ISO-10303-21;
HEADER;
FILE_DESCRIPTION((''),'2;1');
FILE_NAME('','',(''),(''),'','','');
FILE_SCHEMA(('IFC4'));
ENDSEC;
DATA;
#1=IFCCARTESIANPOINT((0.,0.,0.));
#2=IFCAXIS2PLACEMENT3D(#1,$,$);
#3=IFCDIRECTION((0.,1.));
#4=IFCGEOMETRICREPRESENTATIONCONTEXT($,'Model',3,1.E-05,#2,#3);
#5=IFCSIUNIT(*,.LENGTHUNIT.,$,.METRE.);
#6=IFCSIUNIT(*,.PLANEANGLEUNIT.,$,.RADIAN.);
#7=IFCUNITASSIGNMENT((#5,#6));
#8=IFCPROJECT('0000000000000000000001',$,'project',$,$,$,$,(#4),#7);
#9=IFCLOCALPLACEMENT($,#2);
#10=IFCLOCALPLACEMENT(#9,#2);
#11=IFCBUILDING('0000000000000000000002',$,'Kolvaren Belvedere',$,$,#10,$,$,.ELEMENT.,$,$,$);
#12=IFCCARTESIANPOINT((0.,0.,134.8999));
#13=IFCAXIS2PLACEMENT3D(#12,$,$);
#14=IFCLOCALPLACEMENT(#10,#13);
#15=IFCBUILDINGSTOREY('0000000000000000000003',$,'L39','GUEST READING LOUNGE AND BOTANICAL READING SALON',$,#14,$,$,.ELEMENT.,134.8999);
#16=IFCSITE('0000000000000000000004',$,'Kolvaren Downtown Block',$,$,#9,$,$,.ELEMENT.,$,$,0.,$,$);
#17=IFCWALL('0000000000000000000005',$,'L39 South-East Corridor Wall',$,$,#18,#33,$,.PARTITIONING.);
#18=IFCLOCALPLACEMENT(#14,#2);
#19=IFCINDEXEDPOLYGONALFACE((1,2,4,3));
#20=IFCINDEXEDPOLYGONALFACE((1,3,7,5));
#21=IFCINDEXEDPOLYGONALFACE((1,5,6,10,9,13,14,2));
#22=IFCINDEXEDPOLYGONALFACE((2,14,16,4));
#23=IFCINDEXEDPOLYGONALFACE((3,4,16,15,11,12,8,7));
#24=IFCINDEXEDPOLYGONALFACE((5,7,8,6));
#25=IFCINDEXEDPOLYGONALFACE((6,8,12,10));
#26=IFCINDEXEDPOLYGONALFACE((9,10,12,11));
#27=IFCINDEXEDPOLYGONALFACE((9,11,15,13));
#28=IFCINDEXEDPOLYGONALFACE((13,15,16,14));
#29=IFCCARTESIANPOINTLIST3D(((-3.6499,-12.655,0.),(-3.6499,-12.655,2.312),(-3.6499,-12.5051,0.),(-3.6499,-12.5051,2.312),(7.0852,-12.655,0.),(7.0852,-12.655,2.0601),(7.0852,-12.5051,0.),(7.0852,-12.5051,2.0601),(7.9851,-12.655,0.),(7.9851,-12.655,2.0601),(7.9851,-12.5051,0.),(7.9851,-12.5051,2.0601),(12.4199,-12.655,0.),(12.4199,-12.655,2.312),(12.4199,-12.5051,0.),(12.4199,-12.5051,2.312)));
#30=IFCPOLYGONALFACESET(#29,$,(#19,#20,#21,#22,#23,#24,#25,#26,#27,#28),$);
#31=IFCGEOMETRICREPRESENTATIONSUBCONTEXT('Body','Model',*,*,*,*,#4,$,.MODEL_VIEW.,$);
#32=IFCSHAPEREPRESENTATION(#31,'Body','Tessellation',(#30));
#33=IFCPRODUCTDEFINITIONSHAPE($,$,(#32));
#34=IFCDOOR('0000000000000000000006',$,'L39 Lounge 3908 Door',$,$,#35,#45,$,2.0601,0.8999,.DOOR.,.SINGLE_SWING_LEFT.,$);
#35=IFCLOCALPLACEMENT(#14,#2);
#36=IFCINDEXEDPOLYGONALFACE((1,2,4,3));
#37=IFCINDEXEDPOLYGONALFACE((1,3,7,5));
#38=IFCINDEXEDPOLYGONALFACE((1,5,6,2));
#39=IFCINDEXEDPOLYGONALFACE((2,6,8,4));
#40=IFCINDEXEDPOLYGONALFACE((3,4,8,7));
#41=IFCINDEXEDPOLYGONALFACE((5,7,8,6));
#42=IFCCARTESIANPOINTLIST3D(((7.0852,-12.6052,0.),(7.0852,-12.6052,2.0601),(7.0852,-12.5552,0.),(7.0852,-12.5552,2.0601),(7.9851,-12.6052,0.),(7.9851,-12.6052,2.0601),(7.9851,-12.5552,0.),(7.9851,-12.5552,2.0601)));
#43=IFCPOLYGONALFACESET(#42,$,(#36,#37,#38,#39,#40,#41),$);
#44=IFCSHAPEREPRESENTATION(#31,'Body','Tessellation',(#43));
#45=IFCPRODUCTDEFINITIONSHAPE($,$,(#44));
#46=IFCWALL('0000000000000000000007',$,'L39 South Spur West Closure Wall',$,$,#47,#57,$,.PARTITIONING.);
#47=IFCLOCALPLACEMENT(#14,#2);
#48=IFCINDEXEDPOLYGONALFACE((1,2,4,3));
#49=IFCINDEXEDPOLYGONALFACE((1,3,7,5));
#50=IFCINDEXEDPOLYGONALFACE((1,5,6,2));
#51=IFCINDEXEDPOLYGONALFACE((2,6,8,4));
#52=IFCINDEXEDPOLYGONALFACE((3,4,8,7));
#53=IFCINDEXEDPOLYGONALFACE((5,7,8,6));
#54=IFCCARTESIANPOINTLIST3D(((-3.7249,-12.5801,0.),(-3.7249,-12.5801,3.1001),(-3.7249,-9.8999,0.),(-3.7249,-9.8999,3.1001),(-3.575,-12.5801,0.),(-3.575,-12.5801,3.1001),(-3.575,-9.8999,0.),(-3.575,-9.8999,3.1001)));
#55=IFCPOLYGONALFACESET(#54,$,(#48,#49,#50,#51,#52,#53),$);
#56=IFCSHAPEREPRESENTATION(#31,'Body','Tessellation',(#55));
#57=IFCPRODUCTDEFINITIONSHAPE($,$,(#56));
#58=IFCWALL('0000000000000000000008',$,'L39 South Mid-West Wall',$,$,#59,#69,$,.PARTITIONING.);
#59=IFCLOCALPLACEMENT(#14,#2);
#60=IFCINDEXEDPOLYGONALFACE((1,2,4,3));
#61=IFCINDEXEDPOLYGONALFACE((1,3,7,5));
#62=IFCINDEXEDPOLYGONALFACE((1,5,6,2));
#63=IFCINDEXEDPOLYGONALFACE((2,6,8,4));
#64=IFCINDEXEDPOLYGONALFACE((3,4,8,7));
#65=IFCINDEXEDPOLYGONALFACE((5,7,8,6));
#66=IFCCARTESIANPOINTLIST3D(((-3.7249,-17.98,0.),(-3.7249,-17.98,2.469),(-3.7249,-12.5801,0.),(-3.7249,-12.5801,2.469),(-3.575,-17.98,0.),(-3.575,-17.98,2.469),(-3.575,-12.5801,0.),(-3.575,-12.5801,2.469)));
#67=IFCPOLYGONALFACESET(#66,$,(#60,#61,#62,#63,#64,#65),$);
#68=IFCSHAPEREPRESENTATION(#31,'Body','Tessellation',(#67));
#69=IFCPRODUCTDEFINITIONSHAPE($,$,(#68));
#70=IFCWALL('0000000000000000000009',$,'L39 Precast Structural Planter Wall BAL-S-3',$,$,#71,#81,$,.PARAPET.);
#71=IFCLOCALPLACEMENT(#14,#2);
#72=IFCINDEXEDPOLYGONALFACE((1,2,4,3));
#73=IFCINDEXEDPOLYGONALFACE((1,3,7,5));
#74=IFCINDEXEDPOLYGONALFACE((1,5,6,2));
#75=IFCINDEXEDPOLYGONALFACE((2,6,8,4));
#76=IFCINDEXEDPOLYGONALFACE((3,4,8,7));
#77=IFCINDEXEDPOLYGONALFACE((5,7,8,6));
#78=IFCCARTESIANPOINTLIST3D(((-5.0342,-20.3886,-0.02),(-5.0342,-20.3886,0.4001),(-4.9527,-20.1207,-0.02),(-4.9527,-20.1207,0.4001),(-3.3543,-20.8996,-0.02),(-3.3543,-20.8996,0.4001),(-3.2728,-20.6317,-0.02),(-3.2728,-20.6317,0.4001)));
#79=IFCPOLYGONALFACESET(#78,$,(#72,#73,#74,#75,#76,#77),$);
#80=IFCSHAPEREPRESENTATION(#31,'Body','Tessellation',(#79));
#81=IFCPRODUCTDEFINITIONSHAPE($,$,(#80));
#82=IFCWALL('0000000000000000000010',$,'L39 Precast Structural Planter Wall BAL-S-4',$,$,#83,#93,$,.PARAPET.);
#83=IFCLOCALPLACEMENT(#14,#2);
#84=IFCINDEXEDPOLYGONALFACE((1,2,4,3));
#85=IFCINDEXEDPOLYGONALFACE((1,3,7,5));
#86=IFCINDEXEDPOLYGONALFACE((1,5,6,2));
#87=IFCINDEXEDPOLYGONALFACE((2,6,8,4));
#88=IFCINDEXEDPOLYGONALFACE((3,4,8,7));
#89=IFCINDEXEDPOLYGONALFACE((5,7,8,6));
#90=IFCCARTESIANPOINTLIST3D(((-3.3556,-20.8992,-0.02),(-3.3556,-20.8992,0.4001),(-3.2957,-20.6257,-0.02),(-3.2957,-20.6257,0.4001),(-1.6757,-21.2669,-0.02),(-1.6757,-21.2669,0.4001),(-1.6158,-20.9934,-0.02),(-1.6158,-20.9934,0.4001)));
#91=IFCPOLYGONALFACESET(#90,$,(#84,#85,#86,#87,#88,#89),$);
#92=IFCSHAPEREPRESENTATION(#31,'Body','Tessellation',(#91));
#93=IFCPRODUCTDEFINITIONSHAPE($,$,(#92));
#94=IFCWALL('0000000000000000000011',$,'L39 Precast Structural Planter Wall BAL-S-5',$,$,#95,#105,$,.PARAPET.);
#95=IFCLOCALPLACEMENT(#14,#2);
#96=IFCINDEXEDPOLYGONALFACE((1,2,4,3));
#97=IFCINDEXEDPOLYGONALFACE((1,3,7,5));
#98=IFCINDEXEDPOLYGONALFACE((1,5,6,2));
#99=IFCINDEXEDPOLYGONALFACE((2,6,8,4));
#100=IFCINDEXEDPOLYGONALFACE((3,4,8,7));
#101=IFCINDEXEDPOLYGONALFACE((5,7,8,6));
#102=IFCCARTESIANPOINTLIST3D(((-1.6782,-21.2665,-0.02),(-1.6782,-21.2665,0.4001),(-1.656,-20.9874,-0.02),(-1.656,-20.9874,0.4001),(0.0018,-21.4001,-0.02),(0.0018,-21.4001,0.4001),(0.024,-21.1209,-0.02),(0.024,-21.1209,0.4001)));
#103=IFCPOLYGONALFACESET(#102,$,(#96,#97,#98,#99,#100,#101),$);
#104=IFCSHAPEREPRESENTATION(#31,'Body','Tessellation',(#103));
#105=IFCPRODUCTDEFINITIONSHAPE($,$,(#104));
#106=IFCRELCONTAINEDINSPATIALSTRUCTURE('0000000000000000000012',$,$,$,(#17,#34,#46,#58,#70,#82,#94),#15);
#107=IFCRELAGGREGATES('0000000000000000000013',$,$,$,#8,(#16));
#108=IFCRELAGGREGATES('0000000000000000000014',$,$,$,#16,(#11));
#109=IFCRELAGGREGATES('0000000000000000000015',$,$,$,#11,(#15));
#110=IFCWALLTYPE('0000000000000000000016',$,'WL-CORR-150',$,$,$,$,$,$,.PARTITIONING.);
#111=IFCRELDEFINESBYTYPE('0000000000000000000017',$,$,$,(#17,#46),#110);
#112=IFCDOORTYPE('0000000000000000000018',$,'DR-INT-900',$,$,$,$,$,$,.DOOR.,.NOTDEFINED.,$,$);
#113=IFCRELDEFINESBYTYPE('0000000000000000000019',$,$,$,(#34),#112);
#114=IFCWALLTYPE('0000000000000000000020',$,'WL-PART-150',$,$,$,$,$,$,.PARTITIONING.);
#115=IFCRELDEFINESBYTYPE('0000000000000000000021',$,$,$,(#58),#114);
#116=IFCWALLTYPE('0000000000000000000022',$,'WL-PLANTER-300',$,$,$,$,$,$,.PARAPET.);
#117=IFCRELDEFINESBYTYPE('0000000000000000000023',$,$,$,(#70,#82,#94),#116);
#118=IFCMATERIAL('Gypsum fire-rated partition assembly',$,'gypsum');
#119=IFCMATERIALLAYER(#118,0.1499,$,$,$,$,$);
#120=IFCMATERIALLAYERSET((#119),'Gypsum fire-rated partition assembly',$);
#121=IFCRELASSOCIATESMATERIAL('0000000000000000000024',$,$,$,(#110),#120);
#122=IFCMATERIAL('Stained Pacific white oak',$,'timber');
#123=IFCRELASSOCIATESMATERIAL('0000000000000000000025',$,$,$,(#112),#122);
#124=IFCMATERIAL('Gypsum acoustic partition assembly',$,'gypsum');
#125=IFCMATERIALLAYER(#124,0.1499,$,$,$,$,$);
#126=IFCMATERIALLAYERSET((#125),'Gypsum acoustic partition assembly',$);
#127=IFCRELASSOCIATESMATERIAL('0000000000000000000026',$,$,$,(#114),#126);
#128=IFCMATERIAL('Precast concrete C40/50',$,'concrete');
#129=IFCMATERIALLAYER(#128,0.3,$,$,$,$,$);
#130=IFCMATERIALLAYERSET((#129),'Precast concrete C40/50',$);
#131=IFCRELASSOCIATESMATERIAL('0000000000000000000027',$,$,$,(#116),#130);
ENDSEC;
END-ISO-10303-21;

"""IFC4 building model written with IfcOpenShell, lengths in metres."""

from ifc_helpers import new_model, si_unit, direction, frame, frame_2d, origin, place, context, subcontext, project, spatial, rectangle, extrude, material, layer, layer_set, type_object, element, fill, save


model = new_model("IFC4")

# Units and contexts
model_context = context("Model", 3, precision=1e-05, world=origin(), true_north=direction((0.0, 1.0)))
body_context = subcontext(model_context, "Body", "Model", "MODEL_VIEW")
ifc_project = project(units=[si_unit("LENGTHUNIT", "METRE"), si_unit("PLANEANGLEUNIT", "RADIAN")], contexts=[model_context])

# Site, building, storey
site_placement = place(None, origin())
site = spatial("IfcSite", under=ifc_project, at=site_placement, Name="Kolvaren Downtown Block", CompositionType="ELEMENT", RefElevation=0.0)
building_placement = place(site_placement, origin())
building = spatial("IfcBuilding", under=site, at=building_placement, Name="Kolvaren Belvedere", CompositionType="ELEMENT")
storey_placement = place(building_placement, frame((0.0, 0.0, 134.8999)))
storey = spatial("IfcBuildingStorey", under=building, at=storey_placement, Name="L39", Description="GUEST READING LOUNGE AND BOTANICAL READING SALON", CompositionType="ELEMENT", Elevation=134.8999)

# Wall, opening, door
ifc_material_1 = material(Name="Gypsum fire-rated partition assembly", Category="gypsum")
ifc_layer_1 = layer(ifc_material_1, 0.1499)
ifc_layer_set_1 = layer_set([ifc_layer_1], Name="Gypsum fire-rated partition assembly")
wall_type_1 = type_object("IfcWallType", Name="WL-CORR-150", PredefinedType="PARTITIONING", material=ifc_layer_set_1)
wall_1_placement = place(storey_placement, frame((-3.6499, -12.5801, 0.0), z_axis=(0.0, 0.0, 1.0), x_axis=(1.0, 0.0, 0.0)))
wall_1 = element("IfcWall", 1, at=wall_1_placement, inside=storey, type_object=wall_type_1, Name="L39 South-East Corridor Wall", PredefinedType="PARTITIONING", context=body_context, shape_type="SweptSolid", body=[
    extrude(rectangle(XDim=16.0698, YDim=0.1499, at=frame_2d((8.0349, 0.0))), origin(), (0.0, 0.0, 1.0), 2.312),
])
opening_placement = place(wall_1_placement, frame((10.7351, 0.0, 0.0)))
opening = element("IfcOpeningElement", 2, at=opening_placement, cuts=wall_1, PredefinedType="OPENING", context=body_context, shape_type="SweptSolid", body=[
    extrude(rectangle(XDim=0.8999, YDim=2.0601, at=frame_2d((0.45, 1.03))), frame((0.0, 0.085, 0.0), z_axis=(0.0, -1.0, 0.0), x_axis=(1.0, 0.0, 0.0)), (0.0, 0.0, 1.0), 0.1699),
])
ifc_material_2 = material(Name="Stained Pacific white oak", Category="timber")
door_type = type_object("IfcDoorType", Name="DR-INT-900", OperationType="NOTDEFINED", PredefinedType="DOOR", material=ifc_material_2)
door_placement = place(opening_placement, origin())
door = element("IfcDoor", 3, at=door_placement, inside=storey, type_object=door_type, Name="L39 Lounge 3908 Door", OperationType="SINGLE_SWING_LEFT", OverallHeight=2.0601, OverallWidth=0.8999, PredefinedType="DOOR", context=body_context, shape_type="SweptSolid", body=[
    extrude(rectangle(XDim=0.8999, YDim=2.0601, at=frame_2d((0.45, 1.03))), frame((0.0, 0.0249, 0.0), z_axis=(0.0, -1.0, 0.0), x_axis=(1.0, 0.0, 0.0)), (0.0, 0.0, 1.0), 0.05),
])
fill(opening, door)

# Walls
wall_2_placement = place(storey_placement, frame((-3.6499, -12.5801, 0.0), z_axis=(0.0, 0.0, 1.0), x_axis=(0.0, 1.0, 0.0)))
element("IfcWall", 4, at=wall_2_placement, inside=storey, type_object=wall_type_1, Name="L39 South Spur West Closure Wall", PredefinedType="PARTITIONING", context=body_context, shape_type="SweptSolid", body=[
    extrude(rectangle(XDim=2.6802, YDim=0.1499, at=frame_2d((1.3401, 0.0))), origin(), (0.0, 0.0, 1.0), 3.1001),
])
ifc_material_3 = material(Name="Gypsum acoustic partition assembly", Category="gypsum")
ifc_layer_2 = layer(ifc_material_3, 0.1499)
ifc_layer_set_2 = layer_set([ifc_layer_2], Name="Gypsum acoustic partition assembly")
wall_type_2 = type_object("IfcWallType", Name="WL-PART-150", PredefinedType="PARTITIONING", material=ifc_layer_set_2)
wall_3_placement = place(storey_placement, frame((-3.6499, -17.98, 0.0), z_axis=(0.0, 0.0, 1.0), x_axis=(0.0, 1.0, 0.0)))
element("IfcWall", 5, at=wall_3_placement, inside=storey, type_object=wall_type_2, Name="L39 South Mid-West Wall", PredefinedType="PARTITIONING", context=body_context, shape_type="SweptSolid", body=[
    extrude(rectangle(XDim=5.3999, YDim=0.1499, at=frame_2d((2.7, 0.0))), origin(), (0.0, 0.0, 1.0), 2.469),
])
ifc_material_4 = material(Name="Precast concrete C40/50", Category="concrete")
ifc_layer_3 = layer(ifc_material_4, 0.3)
ifc_layer_set_3 = layer_set([ifc_layer_3], Name="Precast concrete C40/50")
wall_type_3 = type_object("IfcWallType", Name="WL-PLANTER-300", PredefinedType="PARAPET", material=ifc_layer_set_3)
wall_4_placement = place(storey_placement, frame((-4.9934, -20.2546, -0.02), z_axis=(0.0, 0.0, 1.0), x_axis=(0.956721, -0.291007, 0.0)))
element("IfcWall", 6, at=wall_4_placement, inside=storey, type_object=wall_type_3, Name="L39 Precast Structural Planter Wall BAL-S-3", PredefinedType="PARAPET", context=body_context, shape_type="SweptSolid", body=[
    extrude(rectangle(XDim=1.7559, YDim=0.28, at=frame_2d((0.8779, 0.0))), origin(), (0.0, 0.0, 1.0), 0.4202),
])
wall_5_placement = place(storey_placement, frame((-3.3257, -20.7625, -0.02), z_axis=(0.0, 0.0, 1.0), x_axis=(0.976877, -0.213803, 0.0)))
element("IfcWall", 7, at=wall_5_placement, inside=storey, type_object=wall_type_3, Name="L39 Precast Structural Planter Wall BAL-S-4", PredefinedType="PARAPET", context=body_context, shape_type="SweptSolid", body=[
    extrude(rectangle(XDim=1.7197, YDim=0.28, at=frame_2d((0.8599, 0.0))), origin(), (0.0, 0.0, 1.0), 0.4202),
])
wall_6_placement = place(storey_placement, frame((-1.6672, -21.127, -0.02), z_axis=(0.0, 0.0, 1.0), x_axis=(0.996855, -0.079244, 0.0)))
element("IfcWall", 8, at=wall_6_placement, inside=storey, type_object=wall_type_3, Name="L39 Precast Structural Planter Wall BAL-S-5", PredefinedType="PARAPET", context=body_context, shape_type="SweptSolid", body=[
    extrude(rectangle(XDim=1.6853, YDim=0.28, at=frame_2d((0.8428, 0.0))), origin(), (0.0, 0.0, 1.0), 0.4202),
])

save(model, "model.ifc")
